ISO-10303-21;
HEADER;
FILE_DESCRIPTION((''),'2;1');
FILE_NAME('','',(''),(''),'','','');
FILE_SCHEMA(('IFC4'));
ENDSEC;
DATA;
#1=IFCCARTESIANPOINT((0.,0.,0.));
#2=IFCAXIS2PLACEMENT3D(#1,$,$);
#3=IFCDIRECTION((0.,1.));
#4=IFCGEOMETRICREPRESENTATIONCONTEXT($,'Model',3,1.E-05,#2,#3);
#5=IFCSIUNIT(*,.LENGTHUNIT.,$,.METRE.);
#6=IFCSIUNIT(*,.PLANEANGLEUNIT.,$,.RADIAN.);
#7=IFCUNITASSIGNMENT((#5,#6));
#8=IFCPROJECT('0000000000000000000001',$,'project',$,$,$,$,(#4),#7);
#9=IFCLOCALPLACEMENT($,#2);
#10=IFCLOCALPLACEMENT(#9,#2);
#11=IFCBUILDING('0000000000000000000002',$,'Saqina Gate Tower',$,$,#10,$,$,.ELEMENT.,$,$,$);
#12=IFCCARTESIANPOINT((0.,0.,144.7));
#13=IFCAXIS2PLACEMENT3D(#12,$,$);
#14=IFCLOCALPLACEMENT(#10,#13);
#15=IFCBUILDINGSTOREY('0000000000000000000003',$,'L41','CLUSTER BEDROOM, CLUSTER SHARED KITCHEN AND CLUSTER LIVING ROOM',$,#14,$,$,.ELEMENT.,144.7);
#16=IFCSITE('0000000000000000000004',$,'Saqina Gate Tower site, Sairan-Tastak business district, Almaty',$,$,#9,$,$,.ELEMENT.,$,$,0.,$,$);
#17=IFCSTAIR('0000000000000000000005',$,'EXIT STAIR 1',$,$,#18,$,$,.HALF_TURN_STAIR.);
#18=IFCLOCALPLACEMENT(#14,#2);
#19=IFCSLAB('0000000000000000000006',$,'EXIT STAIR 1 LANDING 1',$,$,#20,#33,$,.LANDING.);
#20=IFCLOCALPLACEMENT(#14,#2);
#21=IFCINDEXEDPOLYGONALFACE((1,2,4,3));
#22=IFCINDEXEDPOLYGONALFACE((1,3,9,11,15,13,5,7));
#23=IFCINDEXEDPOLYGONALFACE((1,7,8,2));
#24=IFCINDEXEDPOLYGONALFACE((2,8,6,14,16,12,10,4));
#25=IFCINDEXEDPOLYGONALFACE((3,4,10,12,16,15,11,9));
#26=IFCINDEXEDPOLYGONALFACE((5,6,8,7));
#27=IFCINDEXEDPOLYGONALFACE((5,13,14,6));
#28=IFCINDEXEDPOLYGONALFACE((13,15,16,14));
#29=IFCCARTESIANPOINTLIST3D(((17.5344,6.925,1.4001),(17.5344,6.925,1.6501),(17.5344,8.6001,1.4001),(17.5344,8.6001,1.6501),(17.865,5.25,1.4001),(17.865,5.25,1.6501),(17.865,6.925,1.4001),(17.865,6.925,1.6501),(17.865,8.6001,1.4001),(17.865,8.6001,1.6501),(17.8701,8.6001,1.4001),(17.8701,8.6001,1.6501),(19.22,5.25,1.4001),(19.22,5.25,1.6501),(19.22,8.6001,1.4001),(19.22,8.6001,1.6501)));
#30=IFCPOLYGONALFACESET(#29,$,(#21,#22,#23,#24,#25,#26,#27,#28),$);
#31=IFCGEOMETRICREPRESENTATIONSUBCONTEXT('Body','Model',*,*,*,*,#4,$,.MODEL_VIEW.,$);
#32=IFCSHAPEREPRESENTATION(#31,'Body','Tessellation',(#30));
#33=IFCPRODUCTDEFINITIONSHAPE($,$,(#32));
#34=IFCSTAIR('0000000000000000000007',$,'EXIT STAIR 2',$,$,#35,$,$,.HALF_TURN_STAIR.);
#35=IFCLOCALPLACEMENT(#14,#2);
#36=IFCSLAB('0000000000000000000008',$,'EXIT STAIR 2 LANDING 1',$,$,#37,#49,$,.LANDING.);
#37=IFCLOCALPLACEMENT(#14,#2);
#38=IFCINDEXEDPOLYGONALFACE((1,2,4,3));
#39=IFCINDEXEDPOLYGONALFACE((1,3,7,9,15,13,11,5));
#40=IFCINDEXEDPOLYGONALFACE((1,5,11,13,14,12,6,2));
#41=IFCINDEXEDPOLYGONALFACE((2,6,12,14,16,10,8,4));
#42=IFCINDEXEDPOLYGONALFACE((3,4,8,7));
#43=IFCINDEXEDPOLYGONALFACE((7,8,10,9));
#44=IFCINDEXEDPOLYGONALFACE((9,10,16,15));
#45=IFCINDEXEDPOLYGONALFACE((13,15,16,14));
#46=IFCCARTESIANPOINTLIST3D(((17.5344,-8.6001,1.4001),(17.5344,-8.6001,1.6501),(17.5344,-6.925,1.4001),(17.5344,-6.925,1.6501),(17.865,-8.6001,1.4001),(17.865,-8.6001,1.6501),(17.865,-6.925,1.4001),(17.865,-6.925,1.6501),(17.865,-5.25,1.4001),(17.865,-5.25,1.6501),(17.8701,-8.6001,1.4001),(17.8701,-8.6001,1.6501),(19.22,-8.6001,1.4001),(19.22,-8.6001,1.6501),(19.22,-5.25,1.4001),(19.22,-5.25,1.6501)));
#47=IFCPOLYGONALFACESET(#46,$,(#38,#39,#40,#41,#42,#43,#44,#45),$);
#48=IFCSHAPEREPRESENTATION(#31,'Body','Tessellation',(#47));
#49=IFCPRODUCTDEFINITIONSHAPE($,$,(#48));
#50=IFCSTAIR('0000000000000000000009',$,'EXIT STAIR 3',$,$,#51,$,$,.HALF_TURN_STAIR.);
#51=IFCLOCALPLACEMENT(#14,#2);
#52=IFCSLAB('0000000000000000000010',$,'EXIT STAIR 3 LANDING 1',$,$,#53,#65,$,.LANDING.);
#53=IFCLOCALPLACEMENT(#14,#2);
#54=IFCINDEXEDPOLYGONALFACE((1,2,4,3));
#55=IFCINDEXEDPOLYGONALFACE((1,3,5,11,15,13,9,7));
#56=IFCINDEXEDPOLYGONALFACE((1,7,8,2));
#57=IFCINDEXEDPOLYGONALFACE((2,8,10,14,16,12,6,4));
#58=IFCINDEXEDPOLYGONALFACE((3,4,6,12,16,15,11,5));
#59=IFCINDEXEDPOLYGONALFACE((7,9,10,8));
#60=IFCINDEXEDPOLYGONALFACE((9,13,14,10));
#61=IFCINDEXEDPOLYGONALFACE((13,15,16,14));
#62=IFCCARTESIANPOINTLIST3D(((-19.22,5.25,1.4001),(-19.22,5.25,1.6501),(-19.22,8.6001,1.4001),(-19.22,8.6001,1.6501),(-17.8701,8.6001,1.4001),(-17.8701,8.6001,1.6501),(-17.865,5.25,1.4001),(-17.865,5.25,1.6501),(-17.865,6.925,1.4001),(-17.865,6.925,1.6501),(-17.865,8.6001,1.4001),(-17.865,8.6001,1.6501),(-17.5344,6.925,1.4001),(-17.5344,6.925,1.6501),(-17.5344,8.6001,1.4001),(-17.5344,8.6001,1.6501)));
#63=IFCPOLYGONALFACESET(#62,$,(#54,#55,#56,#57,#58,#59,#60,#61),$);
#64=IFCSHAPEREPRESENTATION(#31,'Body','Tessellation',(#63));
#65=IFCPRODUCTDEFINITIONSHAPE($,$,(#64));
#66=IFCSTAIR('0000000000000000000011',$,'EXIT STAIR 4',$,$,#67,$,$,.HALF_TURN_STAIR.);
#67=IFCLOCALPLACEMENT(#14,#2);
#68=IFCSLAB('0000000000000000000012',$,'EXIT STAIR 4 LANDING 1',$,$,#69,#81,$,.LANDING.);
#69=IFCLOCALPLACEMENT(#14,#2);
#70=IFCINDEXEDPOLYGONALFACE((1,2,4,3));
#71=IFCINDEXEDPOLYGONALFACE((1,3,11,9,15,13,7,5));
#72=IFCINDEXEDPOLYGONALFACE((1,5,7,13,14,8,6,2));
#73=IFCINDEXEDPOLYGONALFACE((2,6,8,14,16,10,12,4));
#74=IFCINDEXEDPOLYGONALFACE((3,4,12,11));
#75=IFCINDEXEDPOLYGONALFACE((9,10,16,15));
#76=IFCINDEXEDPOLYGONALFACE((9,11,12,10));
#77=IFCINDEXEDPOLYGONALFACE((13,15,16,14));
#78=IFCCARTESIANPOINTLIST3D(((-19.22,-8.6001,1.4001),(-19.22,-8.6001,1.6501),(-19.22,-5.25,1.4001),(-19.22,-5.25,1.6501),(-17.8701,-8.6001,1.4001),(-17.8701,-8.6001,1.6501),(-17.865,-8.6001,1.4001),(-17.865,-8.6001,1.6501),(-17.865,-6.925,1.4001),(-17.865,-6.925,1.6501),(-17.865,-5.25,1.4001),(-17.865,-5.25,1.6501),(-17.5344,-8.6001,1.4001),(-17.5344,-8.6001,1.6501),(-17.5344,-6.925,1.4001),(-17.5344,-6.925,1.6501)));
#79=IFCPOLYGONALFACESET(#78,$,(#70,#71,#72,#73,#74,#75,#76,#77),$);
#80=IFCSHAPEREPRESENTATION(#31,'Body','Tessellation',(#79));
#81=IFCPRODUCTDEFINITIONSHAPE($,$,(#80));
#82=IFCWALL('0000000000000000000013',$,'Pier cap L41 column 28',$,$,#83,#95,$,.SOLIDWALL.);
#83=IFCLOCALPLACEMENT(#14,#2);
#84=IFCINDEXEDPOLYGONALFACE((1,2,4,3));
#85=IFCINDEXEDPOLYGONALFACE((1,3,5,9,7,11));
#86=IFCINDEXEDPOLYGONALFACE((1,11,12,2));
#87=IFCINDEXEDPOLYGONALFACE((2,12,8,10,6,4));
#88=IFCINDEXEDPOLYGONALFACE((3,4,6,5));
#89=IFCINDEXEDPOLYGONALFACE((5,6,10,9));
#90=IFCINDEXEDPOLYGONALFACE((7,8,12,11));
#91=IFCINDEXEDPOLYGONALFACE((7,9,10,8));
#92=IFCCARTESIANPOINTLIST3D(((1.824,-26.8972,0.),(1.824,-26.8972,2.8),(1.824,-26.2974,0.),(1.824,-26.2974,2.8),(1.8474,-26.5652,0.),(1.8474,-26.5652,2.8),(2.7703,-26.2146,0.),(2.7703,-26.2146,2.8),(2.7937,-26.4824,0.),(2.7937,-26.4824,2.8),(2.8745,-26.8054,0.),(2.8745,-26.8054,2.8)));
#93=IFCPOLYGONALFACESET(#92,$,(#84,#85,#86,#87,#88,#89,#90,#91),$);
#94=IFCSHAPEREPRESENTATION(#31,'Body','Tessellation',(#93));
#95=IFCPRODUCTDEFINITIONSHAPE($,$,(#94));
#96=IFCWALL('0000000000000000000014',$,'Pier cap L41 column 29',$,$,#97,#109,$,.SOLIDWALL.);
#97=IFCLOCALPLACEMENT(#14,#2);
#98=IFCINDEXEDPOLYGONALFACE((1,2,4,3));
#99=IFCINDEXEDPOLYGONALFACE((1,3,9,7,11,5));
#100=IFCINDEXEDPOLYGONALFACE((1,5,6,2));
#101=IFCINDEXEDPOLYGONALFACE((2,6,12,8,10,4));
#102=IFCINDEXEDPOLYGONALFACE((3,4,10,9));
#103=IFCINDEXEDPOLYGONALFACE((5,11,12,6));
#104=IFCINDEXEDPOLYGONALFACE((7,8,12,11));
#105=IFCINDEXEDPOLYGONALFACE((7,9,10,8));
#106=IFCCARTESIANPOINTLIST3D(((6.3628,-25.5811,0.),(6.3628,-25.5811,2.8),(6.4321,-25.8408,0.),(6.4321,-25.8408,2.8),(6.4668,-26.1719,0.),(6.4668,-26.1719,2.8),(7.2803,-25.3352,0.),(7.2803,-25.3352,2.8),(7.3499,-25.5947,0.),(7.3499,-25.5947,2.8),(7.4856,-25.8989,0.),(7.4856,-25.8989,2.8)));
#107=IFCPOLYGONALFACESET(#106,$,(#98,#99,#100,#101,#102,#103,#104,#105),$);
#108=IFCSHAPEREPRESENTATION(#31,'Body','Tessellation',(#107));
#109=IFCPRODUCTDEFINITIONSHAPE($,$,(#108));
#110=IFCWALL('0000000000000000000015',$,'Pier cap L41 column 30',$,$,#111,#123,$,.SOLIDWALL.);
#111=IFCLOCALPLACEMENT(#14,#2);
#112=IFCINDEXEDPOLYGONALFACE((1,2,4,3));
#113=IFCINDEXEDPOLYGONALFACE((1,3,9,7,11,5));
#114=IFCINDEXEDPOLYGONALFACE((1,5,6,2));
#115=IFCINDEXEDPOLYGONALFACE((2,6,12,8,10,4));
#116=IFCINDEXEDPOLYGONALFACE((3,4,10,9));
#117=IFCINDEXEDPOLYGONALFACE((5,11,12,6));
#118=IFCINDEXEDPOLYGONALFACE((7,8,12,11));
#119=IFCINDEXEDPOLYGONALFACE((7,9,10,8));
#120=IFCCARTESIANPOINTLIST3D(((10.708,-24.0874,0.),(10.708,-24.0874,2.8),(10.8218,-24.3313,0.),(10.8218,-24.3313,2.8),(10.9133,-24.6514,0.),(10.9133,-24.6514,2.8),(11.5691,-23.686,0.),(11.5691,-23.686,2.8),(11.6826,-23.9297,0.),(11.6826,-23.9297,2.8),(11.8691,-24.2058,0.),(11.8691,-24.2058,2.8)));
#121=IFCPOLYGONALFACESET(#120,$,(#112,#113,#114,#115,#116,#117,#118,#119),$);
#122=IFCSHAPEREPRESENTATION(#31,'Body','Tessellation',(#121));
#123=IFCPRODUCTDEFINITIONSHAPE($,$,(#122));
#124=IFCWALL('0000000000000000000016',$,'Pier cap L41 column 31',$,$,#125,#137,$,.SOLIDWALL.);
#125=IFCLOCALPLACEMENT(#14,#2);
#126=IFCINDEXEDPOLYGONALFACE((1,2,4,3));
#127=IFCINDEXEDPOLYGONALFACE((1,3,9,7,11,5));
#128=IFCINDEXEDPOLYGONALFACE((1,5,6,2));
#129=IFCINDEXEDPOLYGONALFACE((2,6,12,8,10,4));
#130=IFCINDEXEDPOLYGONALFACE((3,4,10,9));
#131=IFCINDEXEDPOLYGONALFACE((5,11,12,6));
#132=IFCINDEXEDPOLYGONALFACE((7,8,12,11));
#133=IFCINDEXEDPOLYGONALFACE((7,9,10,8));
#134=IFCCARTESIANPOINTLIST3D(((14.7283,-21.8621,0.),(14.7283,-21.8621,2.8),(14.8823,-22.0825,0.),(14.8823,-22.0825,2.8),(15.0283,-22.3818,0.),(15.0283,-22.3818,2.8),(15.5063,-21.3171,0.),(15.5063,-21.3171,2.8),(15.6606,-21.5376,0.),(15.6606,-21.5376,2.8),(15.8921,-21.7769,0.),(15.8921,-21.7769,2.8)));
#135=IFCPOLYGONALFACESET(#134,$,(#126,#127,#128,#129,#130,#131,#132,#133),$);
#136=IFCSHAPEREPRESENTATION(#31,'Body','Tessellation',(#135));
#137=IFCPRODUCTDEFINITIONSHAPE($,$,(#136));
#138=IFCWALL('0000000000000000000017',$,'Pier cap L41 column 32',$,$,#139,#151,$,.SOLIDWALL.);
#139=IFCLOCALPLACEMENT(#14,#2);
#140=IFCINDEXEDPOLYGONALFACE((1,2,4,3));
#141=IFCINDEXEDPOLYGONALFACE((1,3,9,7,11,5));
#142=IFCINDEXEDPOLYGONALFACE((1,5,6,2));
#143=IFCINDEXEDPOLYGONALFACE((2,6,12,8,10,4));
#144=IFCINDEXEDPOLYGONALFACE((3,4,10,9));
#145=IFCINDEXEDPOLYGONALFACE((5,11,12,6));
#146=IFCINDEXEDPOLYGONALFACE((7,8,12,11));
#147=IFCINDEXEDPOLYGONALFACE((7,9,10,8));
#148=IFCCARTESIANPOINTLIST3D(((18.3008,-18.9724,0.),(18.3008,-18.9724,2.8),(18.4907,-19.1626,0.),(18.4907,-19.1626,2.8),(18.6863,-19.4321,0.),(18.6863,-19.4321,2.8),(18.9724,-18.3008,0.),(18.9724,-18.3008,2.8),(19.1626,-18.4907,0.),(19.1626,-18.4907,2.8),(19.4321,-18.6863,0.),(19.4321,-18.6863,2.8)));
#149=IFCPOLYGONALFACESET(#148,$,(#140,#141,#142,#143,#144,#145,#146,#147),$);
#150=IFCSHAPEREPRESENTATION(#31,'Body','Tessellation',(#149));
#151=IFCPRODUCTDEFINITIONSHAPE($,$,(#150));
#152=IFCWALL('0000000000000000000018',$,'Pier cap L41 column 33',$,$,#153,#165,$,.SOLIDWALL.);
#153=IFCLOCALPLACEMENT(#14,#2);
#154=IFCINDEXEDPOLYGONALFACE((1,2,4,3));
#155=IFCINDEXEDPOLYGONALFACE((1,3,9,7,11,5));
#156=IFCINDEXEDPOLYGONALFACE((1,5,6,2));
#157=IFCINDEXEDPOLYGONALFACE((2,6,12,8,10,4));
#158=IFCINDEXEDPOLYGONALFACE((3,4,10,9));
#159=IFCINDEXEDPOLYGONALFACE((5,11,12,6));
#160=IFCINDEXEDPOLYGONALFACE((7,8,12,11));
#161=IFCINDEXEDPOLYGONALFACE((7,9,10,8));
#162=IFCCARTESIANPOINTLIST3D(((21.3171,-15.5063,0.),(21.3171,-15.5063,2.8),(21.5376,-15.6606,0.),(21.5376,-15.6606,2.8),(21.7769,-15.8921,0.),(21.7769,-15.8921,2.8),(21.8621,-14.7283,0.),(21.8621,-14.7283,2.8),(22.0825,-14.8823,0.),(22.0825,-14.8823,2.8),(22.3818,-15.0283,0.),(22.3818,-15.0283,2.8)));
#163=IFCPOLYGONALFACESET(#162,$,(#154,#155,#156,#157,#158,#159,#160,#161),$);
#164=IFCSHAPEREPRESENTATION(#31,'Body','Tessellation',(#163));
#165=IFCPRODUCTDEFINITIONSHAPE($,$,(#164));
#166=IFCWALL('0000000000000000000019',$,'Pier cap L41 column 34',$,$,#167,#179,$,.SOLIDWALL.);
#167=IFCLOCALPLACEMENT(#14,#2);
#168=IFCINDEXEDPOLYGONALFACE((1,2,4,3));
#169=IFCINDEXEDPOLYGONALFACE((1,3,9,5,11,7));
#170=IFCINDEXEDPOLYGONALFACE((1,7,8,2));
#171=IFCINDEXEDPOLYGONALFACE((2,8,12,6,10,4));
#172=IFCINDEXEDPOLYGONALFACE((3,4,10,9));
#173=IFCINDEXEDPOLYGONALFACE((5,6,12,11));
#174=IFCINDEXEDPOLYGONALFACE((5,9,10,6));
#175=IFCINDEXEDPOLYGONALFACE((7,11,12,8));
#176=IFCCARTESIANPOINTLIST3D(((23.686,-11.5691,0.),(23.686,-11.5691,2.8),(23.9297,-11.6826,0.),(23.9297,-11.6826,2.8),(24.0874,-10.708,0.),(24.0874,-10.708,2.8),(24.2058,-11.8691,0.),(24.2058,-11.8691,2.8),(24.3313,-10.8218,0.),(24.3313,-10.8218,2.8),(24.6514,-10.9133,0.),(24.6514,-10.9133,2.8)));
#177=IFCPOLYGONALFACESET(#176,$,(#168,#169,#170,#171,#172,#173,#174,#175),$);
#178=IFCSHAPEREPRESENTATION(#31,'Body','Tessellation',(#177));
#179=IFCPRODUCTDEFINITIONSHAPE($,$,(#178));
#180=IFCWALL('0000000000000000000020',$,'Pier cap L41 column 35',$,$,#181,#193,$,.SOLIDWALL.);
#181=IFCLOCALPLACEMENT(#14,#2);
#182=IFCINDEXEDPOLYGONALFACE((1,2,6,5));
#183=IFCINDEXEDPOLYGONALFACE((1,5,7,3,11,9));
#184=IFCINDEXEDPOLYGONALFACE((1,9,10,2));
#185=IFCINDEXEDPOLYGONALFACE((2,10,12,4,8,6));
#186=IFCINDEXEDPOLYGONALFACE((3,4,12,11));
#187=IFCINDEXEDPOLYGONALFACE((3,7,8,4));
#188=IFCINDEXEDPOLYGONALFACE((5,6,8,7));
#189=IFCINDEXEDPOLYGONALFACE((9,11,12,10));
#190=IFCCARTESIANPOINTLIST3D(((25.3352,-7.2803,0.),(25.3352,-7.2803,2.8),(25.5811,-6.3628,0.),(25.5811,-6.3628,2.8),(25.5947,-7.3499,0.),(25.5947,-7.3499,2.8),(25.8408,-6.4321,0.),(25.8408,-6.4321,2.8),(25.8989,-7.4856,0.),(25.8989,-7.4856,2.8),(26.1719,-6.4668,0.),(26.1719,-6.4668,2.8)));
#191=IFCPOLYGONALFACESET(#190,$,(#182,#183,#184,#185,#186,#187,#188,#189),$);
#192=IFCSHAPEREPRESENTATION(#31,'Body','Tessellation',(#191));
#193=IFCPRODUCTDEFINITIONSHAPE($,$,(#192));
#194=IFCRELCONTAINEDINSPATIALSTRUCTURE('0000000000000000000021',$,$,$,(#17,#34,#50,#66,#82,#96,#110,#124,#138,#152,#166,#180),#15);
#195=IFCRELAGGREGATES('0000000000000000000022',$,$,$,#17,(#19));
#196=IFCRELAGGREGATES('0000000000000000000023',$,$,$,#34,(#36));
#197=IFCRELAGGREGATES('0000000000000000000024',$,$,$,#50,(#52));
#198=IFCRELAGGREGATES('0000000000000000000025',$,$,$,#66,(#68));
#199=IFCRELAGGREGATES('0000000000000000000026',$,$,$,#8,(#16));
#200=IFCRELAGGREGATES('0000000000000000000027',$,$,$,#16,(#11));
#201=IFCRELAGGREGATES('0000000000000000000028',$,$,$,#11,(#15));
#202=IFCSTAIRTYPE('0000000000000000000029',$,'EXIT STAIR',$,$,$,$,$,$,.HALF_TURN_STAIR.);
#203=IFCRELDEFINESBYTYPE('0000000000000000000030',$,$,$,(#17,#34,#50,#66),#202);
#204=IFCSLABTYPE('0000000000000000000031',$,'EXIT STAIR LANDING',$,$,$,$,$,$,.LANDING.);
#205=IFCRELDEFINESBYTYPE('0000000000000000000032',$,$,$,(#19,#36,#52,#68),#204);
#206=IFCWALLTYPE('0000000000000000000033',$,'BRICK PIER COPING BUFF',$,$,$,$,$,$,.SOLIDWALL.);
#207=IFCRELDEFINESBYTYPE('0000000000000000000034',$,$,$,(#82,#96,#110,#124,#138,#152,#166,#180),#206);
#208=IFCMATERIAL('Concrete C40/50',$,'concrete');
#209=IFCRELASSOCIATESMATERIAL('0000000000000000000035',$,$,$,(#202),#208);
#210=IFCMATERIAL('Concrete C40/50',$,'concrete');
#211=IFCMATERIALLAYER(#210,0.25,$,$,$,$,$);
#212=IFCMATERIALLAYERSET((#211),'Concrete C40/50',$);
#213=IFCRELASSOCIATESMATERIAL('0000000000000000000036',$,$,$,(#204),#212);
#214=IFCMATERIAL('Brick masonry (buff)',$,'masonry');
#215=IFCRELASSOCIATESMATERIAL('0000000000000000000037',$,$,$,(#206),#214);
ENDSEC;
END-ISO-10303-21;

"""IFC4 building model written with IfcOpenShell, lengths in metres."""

from ifc_helpers import new_model, si_unit, direction, frame, origin, place, context, subcontext, project, spatial, polyline, outline, extrude, material, layer, layer_set, type_object, element, aggregate, save


model = new_model("IFC4")

# Units and contexts
model_context = context("Model", 3, precision=1e-05, world=origin(), true_north=direction((0.0, 1.0)))
body_context = subcontext(model_context, "Body", "Model", "MODEL_VIEW")
ifc_project = project(units=[si_unit("LENGTHUNIT", "METRE"), si_unit("PLANEANGLEUNIT", "RADIAN")], contexts=[model_context])

# Site, building, storey
site_placement = place(None, origin())
site = spatial("IfcSite", under=ifc_project, at=site_placement, Name="Saqina Gate Tower site, Sairan-Tastak business district, Almaty", CompositionType="ELEMENT", RefElevation=0.0)
building_placement = place(site_placement, origin())
building = spatial("IfcBuilding", under=site, at=building_placement, Name="Saqina Gate Tower", CompositionType="ELEMENT")
storey_placement = place(building_placement, frame((0.0, 0.0, 144.7)))
storey = spatial("IfcBuildingStorey", under=building, at=storey_placement, Name="L41", Description="CLUSTER BEDROOM, CLUSTER SHARED KITCHEN AND CLUSTER LIVING ROOM", CompositionType="ELEMENT", Elevation=144.7)

# Stairs, slabs
ifc_material_1 = material(Name="Concrete C40/50", Category="concrete")
stair_type = type_object("IfcStairType", Name="EXIT STAIR", PredefinedType="HALF_TURN_STAIR", material=ifc_material_1)
stair_1_placement = place(storey_placement, origin())
stair_1 = element("IfcStair", 1, at=stair_1_placement, inside=storey, type_object=stair_type, Name="EXIT STAIR 1", PredefinedType="HALF_TURN_STAIR")
ifc_material_2 = material(Name="Concrete C40/50", Category="concrete")
ifc_layer_1 = layer(ifc_material_2, 0.25)
ifc_layer_set_1 = layer_set([ifc_layer_1], Name="Concrete C40/50")
slab_type = type_object("IfcSlabType", Name="EXIT STAIR LANDING", PredefinedType="LANDING", material=ifc_layer_set_1)
slab_1_placement = place(storey_placement, frame((0.0, 0.0, 1.4001)))
slab_1 = element("IfcSlab", 2, at=slab_1_placement, type_object=slab_type, Name="EXIT STAIR 1 LANDING 1", PredefinedType="LANDING", context=body_context, shape_type="SweptSolid", body=[
    extrude(outline(polyline([(19.22, 8.6001), (19.22, 5.25), (17.865, 5.25), (17.865, 6.925), (17.5344, 6.925), (17.5344, 8.6001), (17.865, 8.6001), (17.8701, 8.6001), (19.22, 8.6001)])), origin(), (0.0, 0.0, 1.0), 0.25),
])
aggregate(stair_1, [slab_1])
stair_2_placement = place(storey_placement, origin())
stair_2 = element("IfcStair", 3, at=stair_2_placement, inside=storey, type_object=stair_type, Name="EXIT STAIR 2", PredefinedType="HALF_TURN_STAIR")
slab_2_placement = place(storey_placement, frame((0.0, 0.0, 1.4001)))
slab_2 = element("IfcSlab", 4, at=slab_2_placement, type_object=slab_type, Name="EXIT STAIR 2 LANDING 1", PredefinedType="LANDING", context=body_context, shape_type="SweptSolid", body=[
    extrude(outline(polyline([(17.5344, -8.6001), (17.5344, -6.925), (17.865, -6.925), (17.865, -5.25), (19.22, -5.25), (19.22, -8.6001), (17.8701, -8.6001), (17.865, -8.6001), (17.5344, -8.6001)])), origin(), (0.0, 0.0, 1.0), 0.25),
])
aggregate(stair_2, [slab_2])
stair_3_placement = place(storey_placement, origin())
stair_3 = element("IfcStair", 5, at=stair_3_placement, inside=storey, type_object=stair_type, Name="EXIT STAIR 3", PredefinedType="HALF_TURN_STAIR")
slab_3_placement = place(storey_placement, frame((0.0, 0.0, 1.4001)))
slab_3 = element("IfcSlab", 6, at=slab_3_placement, type_object=slab_type, Name="EXIT STAIR 3 LANDING 1", PredefinedType="LANDING", context=body_context, shape_type="SweptSolid", body=[
    extrude(outline(polyline([(-17.865, 5.25), (-19.22, 5.25), (-19.22, 8.6001), (-17.8701, 8.6001), (-17.865, 8.6001), (-17.5344, 8.6001), (-17.5344, 6.925), (-17.865, 6.925), (-17.865, 5.25)])), origin(), (0.0, 0.0, 1.0), 0.25),
])
aggregate(stair_3, [slab_3])
stair_4_placement = place(storey_placement, origin())
stair_4 = element("IfcStair", 7, at=stair_4_placement, inside=storey, type_object=stair_type, Name="EXIT STAIR 4", PredefinedType="HALF_TURN_STAIR")
slab_4_placement = place(storey_placement, frame((0.0, 0.0, 1.4001)))
slab_4 = element("IfcSlab", 8, at=slab_4_placement, type_object=slab_type, Name="EXIT STAIR 4 LANDING 1", PredefinedType="LANDING", context=body_context, shape_type="SweptSolid", body=[
    extrude(outline(polyline([(-17.5344, -6.925), (-17.5344, -8.6001), (-17.865, -8.6001), (-17.8701, -8.6001), (-19.22, -8.6001), (-19.22, -5.25), (-17.865, -5.25), (-17.865, -6.925), (-17.5344, -6.925)])), origin(), (0.0, 0.0, 1.0), 0.25),
])
aggregate(stair_4, [slab_4])

# Walls
ifc_material_3 = material(Name="Brick masonry (buff)", Category="masonry")
wall_type_1 = type_object("IfcWallType", Name="BRICK PIER COPING BUFF", PredefinedType="SOLIDWALL", material=ifc_material_3)
wall_1_placement = place(storey_placement, origin())
element("IfcWall", 9, at=wall_1_placement, inside=storey, type_object=wall_type_1, Name="Pier cap L41 column 28", PredefinedType="SOLIDWALL", context=body_context, shape_type="SweptSolid", body=[
    extrude(outline(polyline([(2.8745, -26.8054), (2.7703, -26.2146), (2.7937, -26.4824), (1.8474, -26.5652), (1.824, -26.2974), (1.824, -26.8972), (2.8745, -26.8054)])), origin(), (0.0, 0.0, 1.0), 2.8),
])
wall_2_placement = place(storey_placement, origin())
element("IfcWall", 10, at=wall_2_placement, inside=storey, type_object=wall_type_1, Name="Pier cap L41 column 29", PredefinedType="SOLIDWALL", context=body_context, shape_type="SweptSolid", body=[
    extrude(outline(polyline([(6.4668, -26.1719), (7.4856, -25.8989), (7.2803, -25.3352), (7.3499, -25.5947), (6.4321, -25.8408), (6.3628, -25.5811), (6.4668, -26.1719)])), origin(), (0.0, 0.0, 1.0), 2.8),
])
wall_3_placement = place(storey_placement, origin())
element("IfcWall", 11, at=wall_3_placement, inside=storey, type_object=wall_type_1, Name="Pier cap L41 column 30", PredefinedType="SOLIDWALL", context=body_context, shape_type="SweptSolid", body=[
    extrude(outline(polyline([(10.9133, -24.6514), (11.8691, -24.2058), (11.5691, -23.686), (11.6826, -23.9297), (10.8218, -24.3313), (10.708, -24.0874), (10.9133, -24.6514)])), origin(), (0.0, 0.0, 1.0), 2.8),
])
wall_4_placement = place(storey_placement, origin())
element("IfcWall", 12, at=wall_4_placement, inside=storey, type_object=wall_type_1, Name="Pier cap L41 column 31", PredefinedType="SOLIDWALL", context=body_context, shape_type="SweptSolid", body=[
    extrude(outline(polyline([(15.8921, -21.7769), (15.5063, -21.3171), (15.6606, -21.5376), (14.8823, -22.0825), (14.7283, -21.8621), (15.0283, -22.3818), (15.8921, -21.7769)])), origin(), (0.0, 0.0, 1.0), 2.8),
])
wall_5_placement = place(storey_placement, origin())
element("IfcWall", 13, at=wall_5_placement, inside=storey, type_object=wall_type_1, Name="Pier cap L41 column 32", PredefinedType="SOLIDWALL", context=body_context, shape_type="SweptSolid", body=[
    extrude(outline(polyline([(18.6863, -19.4321), (19.4321, -18.6863), (18.9724, -18.3008), (19.1626, -18.4907), (18.4907, -19.1626), (18.3008, -18.9724), (18.6863, -19.4321)])), origin(), (0.0, 0.0, 1.0), 2.8),
])
wall_6_placement = place(storey_placement, origin())
element("IfcWall", 14, at=wall_6_placement, inside=storey, type_object=wall_type_1, Name="Pier cap L41 column 33", PredefinedType="SOLIDWALL", context=body_context, shape_type="SweptSolid", body=[
    extrude(outline(polyline([(22.3818, -15.0283), (21.8621, -14.7283), (22.0825, -14.8823), (21.5376, -15.6606), (21.3171, -15.5063), (21.7769, -15.8921), (22.3818, -15.0283)])), origin(), (0.0, 0.0, 1.0), 2.8),
])
wall_7_placement = place(storey_placement, origin())
element("IfcWall", 15, at=wall_7_placement, inside=storey, type_object=wall_type_1, Name="Pier cap L41 column 34", PredefinedType="SOLIDWALL", context=body_context, shape_type="SweptSolid", body=[
    extrude(outline(polyline([(24.6514, -10.9133), (24.0874, -10.708), (24.3313, -10.8218), (23.9297, -11.6826), (23.686, -11.5691), (24.2058, -11.8691), (24.6514, -10.9133)])), origin(), (0.0, 0.0, 1.0), 2.8),
])
wall_8_placement = place(storey_placement, origin())
element("IfcWall", 16, at=wall_8_placement, inside=storey, type_object=wall_type_1, Name="Pier cap L41 column 35", PredefinedType="SOLIDWALL", context=body_context, shape_type="SweptSolid", body=[
    extrude(outline(polyline([(25.8989, -7.4856), (26.1719, -6.4668), (25.5811, -6.3628), (25.8408, -6.4321), (25.5947, -7.3499), (25.3352, -7.2803), (25.8989, -7.4856)])), origin(), (0.0, 0.0, 1.0), 2.8),
])

save(model, "model.ifc")
